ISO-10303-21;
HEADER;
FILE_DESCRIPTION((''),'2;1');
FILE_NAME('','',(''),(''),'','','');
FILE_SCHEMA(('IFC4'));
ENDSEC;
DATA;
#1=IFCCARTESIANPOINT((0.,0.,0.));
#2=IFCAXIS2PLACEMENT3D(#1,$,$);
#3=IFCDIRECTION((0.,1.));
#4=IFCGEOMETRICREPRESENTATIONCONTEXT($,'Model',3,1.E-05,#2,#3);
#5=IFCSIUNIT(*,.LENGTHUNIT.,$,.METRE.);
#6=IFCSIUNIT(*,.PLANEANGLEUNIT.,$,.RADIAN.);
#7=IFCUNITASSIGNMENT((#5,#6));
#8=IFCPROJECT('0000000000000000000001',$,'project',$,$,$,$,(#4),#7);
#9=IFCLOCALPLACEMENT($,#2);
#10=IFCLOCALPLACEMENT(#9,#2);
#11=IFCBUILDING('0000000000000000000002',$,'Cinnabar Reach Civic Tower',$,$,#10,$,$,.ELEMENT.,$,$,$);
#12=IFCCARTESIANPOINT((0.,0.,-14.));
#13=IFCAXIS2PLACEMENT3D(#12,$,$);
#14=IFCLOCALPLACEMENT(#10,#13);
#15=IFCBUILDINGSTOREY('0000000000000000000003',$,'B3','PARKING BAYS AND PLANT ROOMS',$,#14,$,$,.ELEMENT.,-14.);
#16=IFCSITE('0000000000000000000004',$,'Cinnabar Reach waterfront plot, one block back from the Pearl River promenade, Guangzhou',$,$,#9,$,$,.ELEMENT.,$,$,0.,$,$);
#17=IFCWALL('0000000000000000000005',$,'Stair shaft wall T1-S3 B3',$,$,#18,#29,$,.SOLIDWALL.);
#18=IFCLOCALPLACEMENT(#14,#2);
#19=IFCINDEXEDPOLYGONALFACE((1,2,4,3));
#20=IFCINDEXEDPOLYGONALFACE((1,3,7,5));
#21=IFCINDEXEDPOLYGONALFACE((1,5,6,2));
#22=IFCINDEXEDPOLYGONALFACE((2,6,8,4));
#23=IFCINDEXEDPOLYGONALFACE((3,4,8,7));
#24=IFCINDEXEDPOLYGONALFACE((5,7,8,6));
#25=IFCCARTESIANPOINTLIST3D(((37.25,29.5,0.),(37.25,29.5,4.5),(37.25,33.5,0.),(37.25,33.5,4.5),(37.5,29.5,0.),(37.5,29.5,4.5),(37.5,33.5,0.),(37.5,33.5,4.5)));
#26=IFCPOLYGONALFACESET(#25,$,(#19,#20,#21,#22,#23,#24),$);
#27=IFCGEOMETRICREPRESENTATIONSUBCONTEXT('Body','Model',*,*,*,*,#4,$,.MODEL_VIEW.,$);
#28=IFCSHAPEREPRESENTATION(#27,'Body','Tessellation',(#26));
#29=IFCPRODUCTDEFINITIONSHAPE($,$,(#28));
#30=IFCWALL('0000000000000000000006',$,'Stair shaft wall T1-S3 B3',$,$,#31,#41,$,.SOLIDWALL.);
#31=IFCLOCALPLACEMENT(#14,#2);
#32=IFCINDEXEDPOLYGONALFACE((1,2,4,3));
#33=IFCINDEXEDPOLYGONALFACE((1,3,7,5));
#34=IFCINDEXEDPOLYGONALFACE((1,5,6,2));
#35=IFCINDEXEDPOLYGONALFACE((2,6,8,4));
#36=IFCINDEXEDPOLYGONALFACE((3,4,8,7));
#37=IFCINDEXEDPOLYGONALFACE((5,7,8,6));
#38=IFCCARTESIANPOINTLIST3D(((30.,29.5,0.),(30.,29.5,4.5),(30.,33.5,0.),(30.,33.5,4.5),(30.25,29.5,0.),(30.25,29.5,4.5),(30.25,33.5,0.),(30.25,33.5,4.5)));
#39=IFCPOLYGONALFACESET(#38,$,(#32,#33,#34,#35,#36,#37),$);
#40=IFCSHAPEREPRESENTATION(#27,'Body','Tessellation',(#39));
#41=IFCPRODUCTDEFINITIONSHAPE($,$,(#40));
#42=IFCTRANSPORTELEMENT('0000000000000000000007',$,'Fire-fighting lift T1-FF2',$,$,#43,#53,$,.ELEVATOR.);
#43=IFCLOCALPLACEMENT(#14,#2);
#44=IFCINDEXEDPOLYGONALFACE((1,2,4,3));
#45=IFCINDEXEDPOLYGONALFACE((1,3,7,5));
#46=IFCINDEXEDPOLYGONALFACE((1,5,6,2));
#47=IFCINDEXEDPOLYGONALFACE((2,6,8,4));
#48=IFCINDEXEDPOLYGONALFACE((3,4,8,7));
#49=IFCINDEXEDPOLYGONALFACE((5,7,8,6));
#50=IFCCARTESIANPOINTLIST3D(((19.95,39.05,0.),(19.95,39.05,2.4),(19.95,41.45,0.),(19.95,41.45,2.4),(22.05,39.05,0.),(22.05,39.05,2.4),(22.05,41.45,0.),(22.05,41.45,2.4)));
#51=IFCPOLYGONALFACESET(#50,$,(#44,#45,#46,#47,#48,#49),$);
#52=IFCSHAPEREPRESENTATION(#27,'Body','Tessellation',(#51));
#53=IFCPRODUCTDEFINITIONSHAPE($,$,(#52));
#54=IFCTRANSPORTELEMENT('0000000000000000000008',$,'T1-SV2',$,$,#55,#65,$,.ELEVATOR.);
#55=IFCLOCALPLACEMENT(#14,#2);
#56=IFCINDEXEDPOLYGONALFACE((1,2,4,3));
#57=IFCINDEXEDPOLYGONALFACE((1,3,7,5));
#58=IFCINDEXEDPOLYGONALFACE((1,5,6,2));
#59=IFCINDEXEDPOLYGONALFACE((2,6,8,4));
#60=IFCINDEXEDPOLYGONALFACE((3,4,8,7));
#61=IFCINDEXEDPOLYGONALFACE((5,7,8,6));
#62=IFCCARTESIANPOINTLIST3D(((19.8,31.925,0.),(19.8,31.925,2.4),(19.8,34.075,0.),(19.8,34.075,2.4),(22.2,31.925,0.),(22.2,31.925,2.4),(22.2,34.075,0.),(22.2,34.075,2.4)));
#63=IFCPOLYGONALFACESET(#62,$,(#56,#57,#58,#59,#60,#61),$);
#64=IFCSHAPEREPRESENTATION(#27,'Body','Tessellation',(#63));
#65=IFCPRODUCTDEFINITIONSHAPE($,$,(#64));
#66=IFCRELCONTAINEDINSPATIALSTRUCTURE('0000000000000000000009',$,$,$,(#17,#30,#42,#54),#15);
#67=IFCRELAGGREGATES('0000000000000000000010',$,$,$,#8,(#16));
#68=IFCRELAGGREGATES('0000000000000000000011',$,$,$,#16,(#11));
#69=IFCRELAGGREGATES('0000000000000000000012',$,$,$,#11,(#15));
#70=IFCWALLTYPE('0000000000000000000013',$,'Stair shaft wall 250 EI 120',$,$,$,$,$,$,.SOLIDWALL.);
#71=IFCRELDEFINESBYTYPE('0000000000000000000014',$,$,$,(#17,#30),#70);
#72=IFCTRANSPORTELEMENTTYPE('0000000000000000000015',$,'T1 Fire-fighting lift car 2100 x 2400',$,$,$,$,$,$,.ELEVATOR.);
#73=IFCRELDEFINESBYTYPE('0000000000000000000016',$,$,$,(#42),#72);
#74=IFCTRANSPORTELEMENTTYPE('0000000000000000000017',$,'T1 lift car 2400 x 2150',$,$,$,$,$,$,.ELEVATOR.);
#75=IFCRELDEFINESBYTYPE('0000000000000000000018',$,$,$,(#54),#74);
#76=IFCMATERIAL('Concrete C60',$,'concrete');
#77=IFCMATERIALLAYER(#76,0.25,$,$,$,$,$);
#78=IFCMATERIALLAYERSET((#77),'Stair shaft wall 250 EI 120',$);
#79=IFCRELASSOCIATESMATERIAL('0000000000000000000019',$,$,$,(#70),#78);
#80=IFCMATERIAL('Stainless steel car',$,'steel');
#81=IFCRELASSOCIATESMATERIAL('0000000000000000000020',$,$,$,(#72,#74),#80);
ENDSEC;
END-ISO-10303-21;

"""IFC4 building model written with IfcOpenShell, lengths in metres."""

from ifc_helpers import new_model, si_unit, direction, frame, frame_2d, origin, origin_2d, place, context, subcontext, project, spatial, rectangle, extrude, material, layer, layer_set, type_object, element, save


model = new_model("IFC4")

# Units and contexts
model_context = context("Model", 3, precision=1e-05, world=origin(), true_north=direction((0.0, 1.0)))
body_context = subcontext(model_context, "Body", "Model", "MODEL_VIEW")
ifc_project = project(units=[si_unit("LENGTHUNIT", "METRE"), si_unit("PLANEANGLEUNIT", "RADIAN")], contexts=[model_context])

# Site, building, storey
site_placement = place(None, origin())
site = spatial("IfcSite", under=ifc_project, at=site_placement, Name="Cinnabar Reach waterfront plot, one block back from the Pearl River promenade, Guangzhou", CompositionType="ELEMENT", RefElevation=0.0)
building_placement = place(site_placement, origin())
building = spatial("IfcBuilding", under=site, at=building_placement, Name="Cinnabar Reach Civic Tower", CompositionType="ELEMENT")
storey_placement = place(building_placement, frame((0.0, 0.0, -14.0)))
storey = spatial("IfcBuildingStorey", under=building, at=storey_placement, Name="B3", Description="PARKING BAYS AND PLANT ROOMS", CompositionType="ELEMENT", Elevation=-14.0)

# Walls
ifc_material_1 = material(Name="Concrete C60", Category="concrete")
ifc_layer_1 = layer(ifc_material_1, 0.25)
ifc_layer_set_1 = layer_set([ifc_layer_1], Name="Stair shaft wall 250 EI 120")
wall_type_1 = type_object("IfcWallType", Name="Stair shaft wall 250 EI 120", PredefinedType="SOLIDWALL", material=ifc_layer_set_1)
for number, where, z_axis, x_axis, name in (
    (1, (37.375, 29.5, 0.0), (0.0, 0.0, 1.0), (0.0, 1.0, 0.0), "Stair shaft wall T1-S3 B3"),
    (2, (30.125, 33.5, 0.0), (0.0, 0.0, 1.0), (0.0, -1.0, 0.0), "Stair shaft wall T1-S3 B3"),
):
    element("IfcWall", number, at=place(storey_placement, frame(where, z_axis=z_axis, x_axis=x_axis)), inside=storey, type_object=wall_type_1, Name=name, PredefinedType="SOLIDWALL", context=body_context, shape_type="SweptSolid", body=[
        extrude(rectangle(XDim=4.0, YDim=0.25, at=frame_2d((2.0, 0.0))), origin(), (0.0, 0.0, 1.0), 4.5),
    ])

# Transport elements
ifc_material_2 = material(Name="Stainless steel car", Category="steel")
transport_element_type_1 = type_object("IfcTransportElementType", Name="T1 Fire-fighting lift car 2100 x 2400", PredefinedType="ELEVATOR", material=ifc_material_2)
transport_element_1_placement = place(storey_placement, frame((21.0, 40.25, 0.0), z_axis=(0.0, 0.0, 1.0), x_axis=(1.0, 0.0, 0.0)))
element("IfcTransportElement", 3, at=transport_element_1_placement, inside=storey, type_object=transport_element_type_1, Name="Fire-fighting lift T1-FF2", PredefinedType="ELEVATOR", context=body_context, shape_type="SweptSolid", body=[
    extrude(rectangle(XDim=2.1, YDim=2.4, at=origin_2d()), origin(), (0.0, 0.0, 1.0), 2.4),
])
transport_element_type_2 = type_object("IfcTransportElementType", Name="T1 lift car 2400 x 2150", PredefinedType="ELEVATOR", material=ifc_material_2)
transport_element_2_placement = place(storey_placement, frame((21.0, 33.0, 0.0), z_axis=(0.0, 0.0, 1.0), x_axis=(1.0, 0.0, 0.0)))
element("IfcTransportElement", 4, at=transport_element_2_placement, inside=storey, type_object=transport_element_type_2, Name="T1-SV2", PredefinedType="ELEVATOR", context=body_context, shape_type="SweptSolid", body=[
    extrude(rectangle(XDim=2.4, YDim=2.15, at=origin_2d()), origin(), (0.0, 0.0, 1.0), 2.4),
])

save(model, "model.ifc")
